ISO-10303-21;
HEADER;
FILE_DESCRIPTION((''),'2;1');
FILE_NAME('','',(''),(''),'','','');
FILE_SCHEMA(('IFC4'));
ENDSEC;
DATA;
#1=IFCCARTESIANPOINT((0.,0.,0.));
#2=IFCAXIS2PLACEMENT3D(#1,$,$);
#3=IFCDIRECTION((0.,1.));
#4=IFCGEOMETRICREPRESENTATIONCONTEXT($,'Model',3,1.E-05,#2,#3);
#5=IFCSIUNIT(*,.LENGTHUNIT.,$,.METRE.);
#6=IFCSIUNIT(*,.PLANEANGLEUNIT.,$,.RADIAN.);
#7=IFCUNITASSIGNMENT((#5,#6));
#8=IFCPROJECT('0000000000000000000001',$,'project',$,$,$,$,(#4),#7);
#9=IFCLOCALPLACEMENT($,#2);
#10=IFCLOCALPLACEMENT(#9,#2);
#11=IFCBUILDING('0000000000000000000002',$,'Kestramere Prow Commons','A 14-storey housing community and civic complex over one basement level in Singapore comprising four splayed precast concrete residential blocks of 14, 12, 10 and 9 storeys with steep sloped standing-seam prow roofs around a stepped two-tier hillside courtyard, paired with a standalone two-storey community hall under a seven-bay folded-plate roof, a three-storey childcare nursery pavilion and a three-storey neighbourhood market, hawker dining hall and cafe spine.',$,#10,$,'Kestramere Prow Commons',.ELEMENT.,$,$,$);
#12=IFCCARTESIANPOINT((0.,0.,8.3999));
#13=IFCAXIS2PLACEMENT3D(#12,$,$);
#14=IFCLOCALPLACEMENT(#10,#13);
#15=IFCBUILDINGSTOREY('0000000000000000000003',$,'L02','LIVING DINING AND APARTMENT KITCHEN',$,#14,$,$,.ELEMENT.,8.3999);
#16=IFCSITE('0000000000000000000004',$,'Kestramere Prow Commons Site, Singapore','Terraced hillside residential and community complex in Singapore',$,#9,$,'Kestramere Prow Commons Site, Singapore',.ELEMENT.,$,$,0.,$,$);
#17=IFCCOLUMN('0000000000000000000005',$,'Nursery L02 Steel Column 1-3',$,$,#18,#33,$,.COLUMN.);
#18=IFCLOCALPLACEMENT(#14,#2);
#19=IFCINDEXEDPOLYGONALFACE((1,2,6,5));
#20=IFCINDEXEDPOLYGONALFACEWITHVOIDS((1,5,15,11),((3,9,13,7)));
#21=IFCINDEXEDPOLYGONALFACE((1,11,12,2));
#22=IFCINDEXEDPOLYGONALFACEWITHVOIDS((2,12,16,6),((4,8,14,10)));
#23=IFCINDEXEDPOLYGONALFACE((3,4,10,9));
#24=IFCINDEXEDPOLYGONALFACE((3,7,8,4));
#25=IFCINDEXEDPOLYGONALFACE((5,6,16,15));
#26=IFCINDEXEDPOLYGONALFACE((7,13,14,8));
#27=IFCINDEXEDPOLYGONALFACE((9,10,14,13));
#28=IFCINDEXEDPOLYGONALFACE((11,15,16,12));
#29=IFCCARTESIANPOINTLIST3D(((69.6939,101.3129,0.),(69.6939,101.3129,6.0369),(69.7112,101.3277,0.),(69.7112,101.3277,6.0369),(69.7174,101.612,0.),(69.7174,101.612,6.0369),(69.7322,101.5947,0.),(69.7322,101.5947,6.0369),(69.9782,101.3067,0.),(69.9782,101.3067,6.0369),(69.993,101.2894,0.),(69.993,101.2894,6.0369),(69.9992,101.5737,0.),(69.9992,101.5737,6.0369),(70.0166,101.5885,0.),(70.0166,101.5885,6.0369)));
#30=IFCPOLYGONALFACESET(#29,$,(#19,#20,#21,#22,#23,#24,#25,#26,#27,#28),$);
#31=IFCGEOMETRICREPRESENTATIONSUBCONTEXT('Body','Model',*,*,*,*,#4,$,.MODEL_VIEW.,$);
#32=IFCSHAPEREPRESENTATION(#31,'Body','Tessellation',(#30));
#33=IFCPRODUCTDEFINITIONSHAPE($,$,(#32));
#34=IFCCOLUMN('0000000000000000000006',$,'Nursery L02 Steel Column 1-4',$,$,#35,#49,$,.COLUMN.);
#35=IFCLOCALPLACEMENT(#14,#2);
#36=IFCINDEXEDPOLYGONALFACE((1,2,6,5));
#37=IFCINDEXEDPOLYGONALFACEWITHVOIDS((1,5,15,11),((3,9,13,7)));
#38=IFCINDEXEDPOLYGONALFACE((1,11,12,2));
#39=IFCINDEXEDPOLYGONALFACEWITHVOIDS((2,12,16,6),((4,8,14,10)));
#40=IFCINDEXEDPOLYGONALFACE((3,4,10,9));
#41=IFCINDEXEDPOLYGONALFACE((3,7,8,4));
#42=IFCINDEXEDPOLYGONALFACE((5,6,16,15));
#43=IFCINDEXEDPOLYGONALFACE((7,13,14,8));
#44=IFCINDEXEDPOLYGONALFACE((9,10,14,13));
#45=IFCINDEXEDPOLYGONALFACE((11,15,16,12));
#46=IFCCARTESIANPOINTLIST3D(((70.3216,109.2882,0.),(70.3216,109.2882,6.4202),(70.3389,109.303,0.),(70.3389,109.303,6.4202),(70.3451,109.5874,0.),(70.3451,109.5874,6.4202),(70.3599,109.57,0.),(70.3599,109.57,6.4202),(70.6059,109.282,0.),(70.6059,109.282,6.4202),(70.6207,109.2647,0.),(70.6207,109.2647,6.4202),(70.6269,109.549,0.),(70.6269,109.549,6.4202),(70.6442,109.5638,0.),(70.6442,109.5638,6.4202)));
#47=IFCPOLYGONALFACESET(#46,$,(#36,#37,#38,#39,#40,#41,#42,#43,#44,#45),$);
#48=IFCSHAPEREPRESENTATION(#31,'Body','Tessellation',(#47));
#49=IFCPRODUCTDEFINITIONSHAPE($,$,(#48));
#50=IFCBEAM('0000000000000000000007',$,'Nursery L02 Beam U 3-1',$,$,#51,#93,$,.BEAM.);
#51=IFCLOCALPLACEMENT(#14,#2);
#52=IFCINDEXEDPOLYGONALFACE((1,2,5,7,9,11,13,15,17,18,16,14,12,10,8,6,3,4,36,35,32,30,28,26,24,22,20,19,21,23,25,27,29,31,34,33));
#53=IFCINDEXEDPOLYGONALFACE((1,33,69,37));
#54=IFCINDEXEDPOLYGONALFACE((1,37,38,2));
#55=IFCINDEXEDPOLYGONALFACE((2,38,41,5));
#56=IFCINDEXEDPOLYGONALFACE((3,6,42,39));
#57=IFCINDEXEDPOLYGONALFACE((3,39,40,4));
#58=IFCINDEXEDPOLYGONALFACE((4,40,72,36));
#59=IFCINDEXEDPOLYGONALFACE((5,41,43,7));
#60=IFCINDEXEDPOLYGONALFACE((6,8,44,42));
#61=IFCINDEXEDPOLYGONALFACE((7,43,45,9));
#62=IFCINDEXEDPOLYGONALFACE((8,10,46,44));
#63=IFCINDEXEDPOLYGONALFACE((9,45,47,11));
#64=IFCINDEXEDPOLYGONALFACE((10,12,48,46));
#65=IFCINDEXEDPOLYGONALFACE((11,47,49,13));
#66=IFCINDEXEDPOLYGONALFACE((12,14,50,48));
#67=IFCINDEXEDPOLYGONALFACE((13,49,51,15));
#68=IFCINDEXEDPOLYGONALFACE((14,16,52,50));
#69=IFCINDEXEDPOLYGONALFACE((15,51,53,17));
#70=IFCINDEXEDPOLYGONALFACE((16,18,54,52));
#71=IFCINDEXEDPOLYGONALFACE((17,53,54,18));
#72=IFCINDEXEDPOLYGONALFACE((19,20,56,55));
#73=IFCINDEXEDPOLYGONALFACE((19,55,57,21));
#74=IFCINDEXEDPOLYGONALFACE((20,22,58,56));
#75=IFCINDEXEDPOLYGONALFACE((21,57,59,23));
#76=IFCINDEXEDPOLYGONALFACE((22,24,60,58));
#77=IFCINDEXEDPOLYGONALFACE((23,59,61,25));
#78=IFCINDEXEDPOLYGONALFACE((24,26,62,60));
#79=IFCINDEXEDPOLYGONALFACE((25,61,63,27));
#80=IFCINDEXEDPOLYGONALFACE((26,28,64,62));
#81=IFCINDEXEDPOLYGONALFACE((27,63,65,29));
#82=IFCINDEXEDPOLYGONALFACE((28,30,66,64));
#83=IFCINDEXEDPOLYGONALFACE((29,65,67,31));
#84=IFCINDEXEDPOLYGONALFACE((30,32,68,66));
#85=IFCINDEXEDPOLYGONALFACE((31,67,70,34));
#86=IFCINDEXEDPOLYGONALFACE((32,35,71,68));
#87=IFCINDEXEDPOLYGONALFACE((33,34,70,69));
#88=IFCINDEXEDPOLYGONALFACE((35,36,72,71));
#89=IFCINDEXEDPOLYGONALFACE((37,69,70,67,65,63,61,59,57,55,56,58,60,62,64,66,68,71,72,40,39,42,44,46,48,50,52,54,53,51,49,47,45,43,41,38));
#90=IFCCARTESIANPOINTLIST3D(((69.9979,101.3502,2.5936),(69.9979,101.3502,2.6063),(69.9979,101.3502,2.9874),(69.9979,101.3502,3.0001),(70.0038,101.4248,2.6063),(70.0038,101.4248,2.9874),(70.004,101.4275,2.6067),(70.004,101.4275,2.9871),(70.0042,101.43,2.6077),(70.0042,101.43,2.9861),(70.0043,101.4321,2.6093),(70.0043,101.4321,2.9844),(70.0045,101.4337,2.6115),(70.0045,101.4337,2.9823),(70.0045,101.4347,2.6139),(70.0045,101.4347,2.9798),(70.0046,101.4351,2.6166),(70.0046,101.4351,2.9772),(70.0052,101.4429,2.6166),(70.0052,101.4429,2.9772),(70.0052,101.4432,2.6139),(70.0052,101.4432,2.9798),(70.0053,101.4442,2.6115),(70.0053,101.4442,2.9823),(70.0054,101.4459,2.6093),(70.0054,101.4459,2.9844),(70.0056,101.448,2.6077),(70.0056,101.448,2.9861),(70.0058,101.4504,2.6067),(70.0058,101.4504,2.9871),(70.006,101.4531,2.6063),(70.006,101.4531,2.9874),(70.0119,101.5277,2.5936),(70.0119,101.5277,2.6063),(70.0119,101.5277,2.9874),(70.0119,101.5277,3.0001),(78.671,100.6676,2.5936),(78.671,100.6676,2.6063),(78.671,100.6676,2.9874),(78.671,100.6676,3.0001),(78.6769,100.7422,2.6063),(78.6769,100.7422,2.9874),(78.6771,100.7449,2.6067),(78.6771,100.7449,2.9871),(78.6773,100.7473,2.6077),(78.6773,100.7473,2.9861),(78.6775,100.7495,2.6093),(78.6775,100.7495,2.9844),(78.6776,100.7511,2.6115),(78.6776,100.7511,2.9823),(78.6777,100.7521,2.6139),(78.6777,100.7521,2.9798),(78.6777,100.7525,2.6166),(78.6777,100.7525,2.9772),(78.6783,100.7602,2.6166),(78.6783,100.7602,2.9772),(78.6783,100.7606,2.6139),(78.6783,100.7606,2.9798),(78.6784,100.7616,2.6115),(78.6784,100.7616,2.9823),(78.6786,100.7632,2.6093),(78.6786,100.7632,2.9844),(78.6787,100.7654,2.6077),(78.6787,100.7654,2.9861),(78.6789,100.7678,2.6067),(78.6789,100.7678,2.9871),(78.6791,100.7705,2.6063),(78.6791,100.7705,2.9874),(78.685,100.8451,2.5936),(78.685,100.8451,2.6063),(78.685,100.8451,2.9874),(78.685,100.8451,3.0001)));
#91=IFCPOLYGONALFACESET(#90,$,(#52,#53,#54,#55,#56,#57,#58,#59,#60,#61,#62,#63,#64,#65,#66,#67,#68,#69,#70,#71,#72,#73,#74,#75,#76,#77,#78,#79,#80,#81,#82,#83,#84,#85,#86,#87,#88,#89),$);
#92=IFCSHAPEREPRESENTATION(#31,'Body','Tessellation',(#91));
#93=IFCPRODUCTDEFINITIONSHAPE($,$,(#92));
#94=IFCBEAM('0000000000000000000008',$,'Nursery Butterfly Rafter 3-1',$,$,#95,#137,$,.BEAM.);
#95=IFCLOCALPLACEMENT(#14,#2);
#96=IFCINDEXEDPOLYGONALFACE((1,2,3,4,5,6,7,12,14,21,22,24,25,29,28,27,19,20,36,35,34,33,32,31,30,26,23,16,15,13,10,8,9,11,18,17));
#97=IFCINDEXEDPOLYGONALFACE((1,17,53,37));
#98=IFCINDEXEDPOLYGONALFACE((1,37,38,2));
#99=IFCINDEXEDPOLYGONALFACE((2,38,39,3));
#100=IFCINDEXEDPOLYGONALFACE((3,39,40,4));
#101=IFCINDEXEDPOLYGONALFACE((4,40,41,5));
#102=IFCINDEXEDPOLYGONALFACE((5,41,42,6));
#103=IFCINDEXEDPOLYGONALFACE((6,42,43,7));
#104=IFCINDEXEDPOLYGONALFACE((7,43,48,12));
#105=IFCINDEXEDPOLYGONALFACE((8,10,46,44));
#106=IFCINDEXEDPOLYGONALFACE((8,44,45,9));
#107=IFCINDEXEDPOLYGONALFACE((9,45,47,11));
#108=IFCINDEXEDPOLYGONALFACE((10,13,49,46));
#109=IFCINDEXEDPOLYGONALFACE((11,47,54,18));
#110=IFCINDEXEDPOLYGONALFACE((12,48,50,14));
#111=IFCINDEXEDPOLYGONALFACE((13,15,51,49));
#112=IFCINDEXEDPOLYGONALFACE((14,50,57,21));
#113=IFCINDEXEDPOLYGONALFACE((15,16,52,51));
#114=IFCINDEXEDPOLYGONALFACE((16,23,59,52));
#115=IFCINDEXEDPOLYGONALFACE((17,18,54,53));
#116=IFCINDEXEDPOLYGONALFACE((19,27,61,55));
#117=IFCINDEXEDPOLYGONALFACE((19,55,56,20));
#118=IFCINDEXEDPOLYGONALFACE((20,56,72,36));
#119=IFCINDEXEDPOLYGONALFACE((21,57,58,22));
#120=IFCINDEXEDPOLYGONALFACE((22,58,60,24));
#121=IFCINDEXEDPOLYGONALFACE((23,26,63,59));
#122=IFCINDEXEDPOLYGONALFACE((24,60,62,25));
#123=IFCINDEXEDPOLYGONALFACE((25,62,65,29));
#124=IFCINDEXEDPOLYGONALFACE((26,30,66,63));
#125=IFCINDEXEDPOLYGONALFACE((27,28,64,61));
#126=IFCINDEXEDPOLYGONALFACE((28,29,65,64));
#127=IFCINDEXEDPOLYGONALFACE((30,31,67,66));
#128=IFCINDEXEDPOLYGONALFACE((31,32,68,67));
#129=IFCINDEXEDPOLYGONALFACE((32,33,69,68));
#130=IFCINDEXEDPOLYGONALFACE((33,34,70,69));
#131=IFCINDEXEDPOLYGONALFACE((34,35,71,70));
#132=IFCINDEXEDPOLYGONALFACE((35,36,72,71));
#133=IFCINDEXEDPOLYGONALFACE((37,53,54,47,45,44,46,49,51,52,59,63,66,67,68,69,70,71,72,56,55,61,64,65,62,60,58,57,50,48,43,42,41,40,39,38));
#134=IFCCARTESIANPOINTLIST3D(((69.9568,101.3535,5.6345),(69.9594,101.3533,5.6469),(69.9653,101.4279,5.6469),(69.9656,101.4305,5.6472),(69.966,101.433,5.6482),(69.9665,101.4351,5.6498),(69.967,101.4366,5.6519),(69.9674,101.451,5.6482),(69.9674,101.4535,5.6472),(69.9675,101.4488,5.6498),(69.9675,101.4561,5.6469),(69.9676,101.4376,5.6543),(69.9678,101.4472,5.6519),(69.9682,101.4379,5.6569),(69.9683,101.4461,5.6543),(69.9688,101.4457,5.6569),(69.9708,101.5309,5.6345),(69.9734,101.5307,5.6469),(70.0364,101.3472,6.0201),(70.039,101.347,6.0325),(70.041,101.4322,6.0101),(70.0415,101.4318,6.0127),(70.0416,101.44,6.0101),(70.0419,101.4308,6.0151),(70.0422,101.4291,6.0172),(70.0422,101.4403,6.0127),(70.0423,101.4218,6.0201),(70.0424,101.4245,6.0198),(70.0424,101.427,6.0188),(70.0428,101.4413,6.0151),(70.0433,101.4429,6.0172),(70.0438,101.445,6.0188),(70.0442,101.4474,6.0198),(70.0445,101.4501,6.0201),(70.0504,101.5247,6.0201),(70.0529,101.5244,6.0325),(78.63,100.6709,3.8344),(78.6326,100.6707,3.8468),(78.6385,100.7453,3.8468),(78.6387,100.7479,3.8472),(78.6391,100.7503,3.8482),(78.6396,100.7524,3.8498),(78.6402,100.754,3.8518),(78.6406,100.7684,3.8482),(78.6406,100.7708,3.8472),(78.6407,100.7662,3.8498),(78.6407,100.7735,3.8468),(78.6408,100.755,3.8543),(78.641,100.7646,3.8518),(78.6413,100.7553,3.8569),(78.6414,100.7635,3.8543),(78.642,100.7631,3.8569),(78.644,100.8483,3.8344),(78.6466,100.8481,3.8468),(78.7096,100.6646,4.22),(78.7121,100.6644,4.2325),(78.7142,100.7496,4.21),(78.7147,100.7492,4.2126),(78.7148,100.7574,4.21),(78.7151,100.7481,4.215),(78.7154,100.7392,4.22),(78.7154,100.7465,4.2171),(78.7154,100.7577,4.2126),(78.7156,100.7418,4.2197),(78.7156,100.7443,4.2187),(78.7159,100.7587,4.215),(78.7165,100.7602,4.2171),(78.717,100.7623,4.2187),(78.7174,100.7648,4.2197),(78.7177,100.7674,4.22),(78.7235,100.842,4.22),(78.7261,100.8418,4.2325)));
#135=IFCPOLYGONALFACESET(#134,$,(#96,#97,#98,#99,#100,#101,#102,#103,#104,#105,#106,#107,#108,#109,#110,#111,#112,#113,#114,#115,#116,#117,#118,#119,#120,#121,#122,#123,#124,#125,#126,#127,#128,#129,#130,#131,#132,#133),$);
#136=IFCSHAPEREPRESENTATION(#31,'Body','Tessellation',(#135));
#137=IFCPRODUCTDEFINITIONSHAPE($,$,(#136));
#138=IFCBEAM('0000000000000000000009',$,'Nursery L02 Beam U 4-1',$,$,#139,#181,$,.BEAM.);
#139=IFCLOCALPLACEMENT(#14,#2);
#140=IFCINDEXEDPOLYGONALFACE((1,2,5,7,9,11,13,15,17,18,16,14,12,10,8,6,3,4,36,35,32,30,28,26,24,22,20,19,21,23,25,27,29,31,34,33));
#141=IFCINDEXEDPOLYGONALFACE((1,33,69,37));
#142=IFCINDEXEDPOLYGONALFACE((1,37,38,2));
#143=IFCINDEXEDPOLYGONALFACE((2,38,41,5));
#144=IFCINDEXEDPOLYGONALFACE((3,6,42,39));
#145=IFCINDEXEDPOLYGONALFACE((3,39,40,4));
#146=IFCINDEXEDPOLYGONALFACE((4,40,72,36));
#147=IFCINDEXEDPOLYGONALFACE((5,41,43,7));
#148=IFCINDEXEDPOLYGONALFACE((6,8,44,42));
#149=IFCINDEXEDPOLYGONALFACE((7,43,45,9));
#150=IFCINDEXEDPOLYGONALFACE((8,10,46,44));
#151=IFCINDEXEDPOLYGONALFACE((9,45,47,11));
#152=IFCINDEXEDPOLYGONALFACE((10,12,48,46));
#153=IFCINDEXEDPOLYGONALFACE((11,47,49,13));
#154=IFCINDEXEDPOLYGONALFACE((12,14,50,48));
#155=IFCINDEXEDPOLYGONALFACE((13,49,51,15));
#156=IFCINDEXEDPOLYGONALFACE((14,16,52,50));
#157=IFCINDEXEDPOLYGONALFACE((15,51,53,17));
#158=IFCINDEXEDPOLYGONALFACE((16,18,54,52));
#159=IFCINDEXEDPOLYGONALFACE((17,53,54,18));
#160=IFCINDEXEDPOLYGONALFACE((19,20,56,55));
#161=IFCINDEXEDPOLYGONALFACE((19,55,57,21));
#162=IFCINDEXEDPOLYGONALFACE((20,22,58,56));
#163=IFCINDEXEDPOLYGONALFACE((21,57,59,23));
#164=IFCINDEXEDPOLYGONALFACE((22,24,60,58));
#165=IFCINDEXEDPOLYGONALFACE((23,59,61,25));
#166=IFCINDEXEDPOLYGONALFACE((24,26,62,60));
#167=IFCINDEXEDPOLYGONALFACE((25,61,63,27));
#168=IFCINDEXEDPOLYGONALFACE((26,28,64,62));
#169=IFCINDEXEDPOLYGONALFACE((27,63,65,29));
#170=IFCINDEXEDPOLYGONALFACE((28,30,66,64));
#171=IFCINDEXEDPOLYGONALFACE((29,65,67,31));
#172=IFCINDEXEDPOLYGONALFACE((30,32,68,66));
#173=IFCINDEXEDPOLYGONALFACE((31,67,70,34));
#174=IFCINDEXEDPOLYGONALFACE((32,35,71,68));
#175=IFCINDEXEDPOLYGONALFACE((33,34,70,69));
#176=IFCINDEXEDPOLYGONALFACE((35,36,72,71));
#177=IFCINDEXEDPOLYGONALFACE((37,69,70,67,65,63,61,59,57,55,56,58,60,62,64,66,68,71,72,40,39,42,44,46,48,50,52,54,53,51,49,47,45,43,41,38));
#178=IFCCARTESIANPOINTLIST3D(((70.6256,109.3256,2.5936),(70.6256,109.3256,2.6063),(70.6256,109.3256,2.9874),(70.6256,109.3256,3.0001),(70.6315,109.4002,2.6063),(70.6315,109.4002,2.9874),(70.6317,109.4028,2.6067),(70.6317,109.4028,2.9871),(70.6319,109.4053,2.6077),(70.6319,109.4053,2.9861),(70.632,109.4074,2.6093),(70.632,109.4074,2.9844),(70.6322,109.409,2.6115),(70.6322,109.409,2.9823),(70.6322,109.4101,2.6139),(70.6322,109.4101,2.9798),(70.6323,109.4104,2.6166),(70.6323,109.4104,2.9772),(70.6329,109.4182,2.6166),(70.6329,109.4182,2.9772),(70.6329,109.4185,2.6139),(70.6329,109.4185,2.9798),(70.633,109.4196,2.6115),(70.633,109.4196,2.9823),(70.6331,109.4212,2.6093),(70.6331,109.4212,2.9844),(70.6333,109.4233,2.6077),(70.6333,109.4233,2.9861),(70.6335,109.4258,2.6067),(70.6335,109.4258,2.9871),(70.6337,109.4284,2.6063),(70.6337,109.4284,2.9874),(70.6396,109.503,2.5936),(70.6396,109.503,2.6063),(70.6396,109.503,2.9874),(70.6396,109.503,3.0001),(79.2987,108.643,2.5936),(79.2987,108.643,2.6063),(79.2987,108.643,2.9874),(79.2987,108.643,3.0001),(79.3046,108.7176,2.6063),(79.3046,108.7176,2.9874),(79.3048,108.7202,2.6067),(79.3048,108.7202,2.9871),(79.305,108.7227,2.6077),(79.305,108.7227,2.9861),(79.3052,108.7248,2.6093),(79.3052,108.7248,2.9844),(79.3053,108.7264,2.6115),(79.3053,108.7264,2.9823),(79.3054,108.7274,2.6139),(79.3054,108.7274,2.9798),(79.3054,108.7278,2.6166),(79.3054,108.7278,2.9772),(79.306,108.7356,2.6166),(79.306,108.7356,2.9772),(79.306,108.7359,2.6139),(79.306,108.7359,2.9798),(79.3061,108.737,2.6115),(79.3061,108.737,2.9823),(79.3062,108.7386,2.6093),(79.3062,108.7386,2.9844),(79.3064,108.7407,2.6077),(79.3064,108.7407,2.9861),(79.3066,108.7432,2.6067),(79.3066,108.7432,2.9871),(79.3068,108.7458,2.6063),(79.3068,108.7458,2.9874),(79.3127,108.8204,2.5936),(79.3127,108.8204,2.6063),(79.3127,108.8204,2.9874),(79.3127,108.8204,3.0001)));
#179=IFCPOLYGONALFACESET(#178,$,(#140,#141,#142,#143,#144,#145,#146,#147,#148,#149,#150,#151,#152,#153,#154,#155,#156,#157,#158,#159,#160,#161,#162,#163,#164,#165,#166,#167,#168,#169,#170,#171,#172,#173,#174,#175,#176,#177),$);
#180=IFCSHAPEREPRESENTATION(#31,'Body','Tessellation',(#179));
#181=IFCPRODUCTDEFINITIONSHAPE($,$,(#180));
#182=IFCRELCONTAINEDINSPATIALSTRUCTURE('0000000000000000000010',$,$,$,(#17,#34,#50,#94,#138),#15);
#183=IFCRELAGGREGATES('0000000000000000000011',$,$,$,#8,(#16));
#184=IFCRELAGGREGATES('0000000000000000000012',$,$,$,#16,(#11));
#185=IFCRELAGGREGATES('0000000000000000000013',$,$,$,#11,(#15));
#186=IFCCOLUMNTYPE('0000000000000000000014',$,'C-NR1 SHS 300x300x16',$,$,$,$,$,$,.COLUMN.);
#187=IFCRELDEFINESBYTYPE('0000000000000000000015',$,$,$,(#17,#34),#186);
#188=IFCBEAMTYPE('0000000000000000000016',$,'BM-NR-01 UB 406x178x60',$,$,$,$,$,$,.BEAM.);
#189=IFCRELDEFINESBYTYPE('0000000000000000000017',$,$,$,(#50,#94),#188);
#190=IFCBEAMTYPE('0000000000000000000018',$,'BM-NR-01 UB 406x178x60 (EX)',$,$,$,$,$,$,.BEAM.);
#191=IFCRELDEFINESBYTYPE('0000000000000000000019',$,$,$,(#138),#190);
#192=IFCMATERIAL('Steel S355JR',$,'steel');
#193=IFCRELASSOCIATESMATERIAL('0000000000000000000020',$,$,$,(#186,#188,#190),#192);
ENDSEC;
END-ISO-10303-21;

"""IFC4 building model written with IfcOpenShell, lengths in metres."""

from ifc_helpers import new_model, si_unit, direction, frame, origin, origin_2d, place, context, subcontext, project, spatial, hollow_rectangle, i_section, extrude, material, material_profile, profile_set, type_object, element, save


model = new_model("IFC4")

# Units and contexts
model_context = context("Model", 3, precision=1e-05, world=origin(), true_north=direction((0.0, 1.0)))
body_context = subcontext(model_context, "Body", "Model", "MODEL_VIEW")
ifc_project = project(units=[si_unit("LENGTHUNIT", "METRE"), si_unit("PLANEANGLEUNIT", "RADIAN")], contexts=[model_context])

# Site, building, storey
site_placement = place(None, origin())
site = spatial("IfcSite", under=ifc_project, at=site_placement, Name="Kestramere Prow Commons Site, Singapore", Description="Terraced hillside residential and community complex in Singapore", LongName="Kestramere Prow Commons Site, Singapore", CompositionType="ELEMENT", RefElevation=0.0)
building_placement = place(site_placement, origin())
building = spatial("IfcBuilding", under=site, at=building_placement, Name="Kestramere Prow Commons", Description="A 14-storey housing community and civic complex over one basement level in Singapore comprising four splayed precast concrete residential blocks of 14, 12, 10 and 9 storeys with steep sloped standing-seam prow roofs around a stepped two-tier hillside courtyard, paired with a standalone two-storey community hall under a seven-bay folded-plate roof, a three-storey childcare nursery pavilion and a three-storey neighbourhood market, hawker dining hall and cafe spine.", LongName="Kestramere Prow Commons", CompositionType="ELEMENT")
storey_placement = place(building_placement, frame((0.0, 0.0, 8.3999)))
storey = spatial("IfcBuildingStorey", under=building, at=storey_placement, Name="L02", Description="LIVING DINING AND APARTMENT KITCHEN", CompositionType="ELEMENT", Elevation=8.3999)

# Columns
ifc_material_1 = material(Name="Steel S355JR", Category="steel")
ifc_material_profile_1 = material_profile(ifc_material_1, hollow_rectangle(XDim=0.3, YDim=0.3, WallThickness=0.0161, at=origin_2d()), Name="SHS 300x300x16")
ifc_profile_set_1 = profile_set([ifc_material_profile_1], Name="Steel S355JR")
column_type = type_object("IfcColumnType", Name="C-NR1 SHS 300x300x16", PredefinedType="COLUMN", material=ifc_profile_set_1)
column_1_placement = place(storey_placement, frame((69.8552, 101.4507, 0.0), z_axis=(0.0, 0.0, 1.0), x_axis=(0.996917, -0.078459, 0.0)))
element("IfcColumn", 1, at=column_1_placement, inside=storey, type_object=column_type, Name="Nursery L02 Steel Column 1-3", PredefinedType="COLUMN", context=body_context, shape_type="SweptSolid", body=[
    extrude(hollow_rectangle(XDim=0.3, YDim=0.3, WallThickness=0.0161, at=origin_2d()), origin(), (0.0, 0.0, 1.0), 6.0369),
])
column_2_placement = place(storey_placement, frame((70.4829, 109.426, 0.0), z_axis=(0.0, 0.0, 1.0), x_axis=(0.996917, -0.078459, 0.0)))
element("IfcColumn", 2, at=column_2_placement, inside=storey, type_object=column_type, Name="Nursery L02 Steel Column 1-4", PredefinedType="COLUMN", context=body_context, shape_type="SweptSolid", body=[
    extrude(hollow_rectangle(XDim=0.3, YDim=0.3, WallThickness=0.0161, at=origin_2d()), origin(), (0.0, 0.0, 1.0), 6.4202),
])

# Beams
ifc_material_profile_2 = material_profile(ifc_material_1, i_section(OverallWidth=0.178, OverallDepth=0.4065, WebThickness=0.0078, FlangeThickness=0.0127, FilletRadius=0.0103, at=origin_2d()), Name="UB 406x178x60")
ifc_profile_set_2 = profile_set([ifc_material_profile_2], Name="Steel S355JR")
beam_type_1 = type_object("IfcBeamType", Name="BM-NR-01 UB 406x178x60", PredefinedType="BEAM", material=ifc_profile_set_2)
beam_1_placement = place(storey_placement, frame((70.0049, 101.439, 2.7969), z_axis=(0.996917, -0.078462, 0.0), x_axis=(0.078462, 0.996917, 0.0)))
element("IfcBeam", 3, at=beam_1_placement, inside=storey, type_object=beam_type_1, Name="Nursery L02 Beam U 3-1", PredefinedType="BEAM", context=body_context, shape_type="SweptSolid", body=[
    extrude(i_section(OverallWidth=0.178, OverallDepth=0.4065, WebThickness=0.0078, FlangeThickness=0.0127, FilletRadius=0.0103, at=origin_2d()), origin(), (0.0, 0.0, 1.0), 8.7),
])
beam_2_placement = place(storey_placement, frame((70.0049, 101.439, 5.8335), z_axis=(0.97624, -0.076835, -0.202613), x_axis=(0.078462, 0.996917, 0.0)))
element("IfcBeam", 4, at=beam_2_placement, inside=storey, type_object=beam_type_1, Name="Nursery Butterfly Rafter 3-1", PredefinedType="BEAM", context=body_context, shape_type="SweptSolid", body=[
    extrude(i_section(OverallWidth=0.178, OverallDepth=0.4065, WebThickness=0.0078, FlangeThickness=0.0127, FilletRadius=0.0103, at=origin_2d()), origin(), (0.0, 0.0, 1.0), 8.8843),
])
ifc_material_profile_3 = material_profile(ifc_material_1, i_section(OverallWidth=0.178, OverallDepth=0.4065, WebThickness=0.0078, FlangeThickness=0.0127, FilletRadius=0.0103, at=origin_2d()), Name="UB 406x178x60")
ifc_profile_set_3 = profile_set([ifc_material_profile_3], Name="Steel S355JR")
beam_type_2 = type_object("IfcBeamType", Name="BM-NR-01 UB 406x178x60 (EX)", PredefinedType="BEAM", material=ifc_profile_set_3)
beam_3_placement = place(storey_placement, frame((70.6326, 109.4143, 2.7969), z_axis=(0.996917, -0.078462, 0.0), x_axis=(0.078462, 0.996917, 0.0)))
element("IfcBeam", 5, at=beam_3_placement, inside=storey, type_object=beam_type_2, Name="Nursery L02 Beam U 4-1", PredefinedType="BEAM", context=body_context, shape_type="SweptSolid", body=[
    extrude(i_section(OverallWidth=0.178, OverallDepth=0.4065, WebThickness=0.0078, FlangeThickness=0.0127, FilletRadius=0.0103, at=origin_2d()), origin(), (0.0, 0.0, 1.0), 8.7),
])

save(model, "model.ifc")
